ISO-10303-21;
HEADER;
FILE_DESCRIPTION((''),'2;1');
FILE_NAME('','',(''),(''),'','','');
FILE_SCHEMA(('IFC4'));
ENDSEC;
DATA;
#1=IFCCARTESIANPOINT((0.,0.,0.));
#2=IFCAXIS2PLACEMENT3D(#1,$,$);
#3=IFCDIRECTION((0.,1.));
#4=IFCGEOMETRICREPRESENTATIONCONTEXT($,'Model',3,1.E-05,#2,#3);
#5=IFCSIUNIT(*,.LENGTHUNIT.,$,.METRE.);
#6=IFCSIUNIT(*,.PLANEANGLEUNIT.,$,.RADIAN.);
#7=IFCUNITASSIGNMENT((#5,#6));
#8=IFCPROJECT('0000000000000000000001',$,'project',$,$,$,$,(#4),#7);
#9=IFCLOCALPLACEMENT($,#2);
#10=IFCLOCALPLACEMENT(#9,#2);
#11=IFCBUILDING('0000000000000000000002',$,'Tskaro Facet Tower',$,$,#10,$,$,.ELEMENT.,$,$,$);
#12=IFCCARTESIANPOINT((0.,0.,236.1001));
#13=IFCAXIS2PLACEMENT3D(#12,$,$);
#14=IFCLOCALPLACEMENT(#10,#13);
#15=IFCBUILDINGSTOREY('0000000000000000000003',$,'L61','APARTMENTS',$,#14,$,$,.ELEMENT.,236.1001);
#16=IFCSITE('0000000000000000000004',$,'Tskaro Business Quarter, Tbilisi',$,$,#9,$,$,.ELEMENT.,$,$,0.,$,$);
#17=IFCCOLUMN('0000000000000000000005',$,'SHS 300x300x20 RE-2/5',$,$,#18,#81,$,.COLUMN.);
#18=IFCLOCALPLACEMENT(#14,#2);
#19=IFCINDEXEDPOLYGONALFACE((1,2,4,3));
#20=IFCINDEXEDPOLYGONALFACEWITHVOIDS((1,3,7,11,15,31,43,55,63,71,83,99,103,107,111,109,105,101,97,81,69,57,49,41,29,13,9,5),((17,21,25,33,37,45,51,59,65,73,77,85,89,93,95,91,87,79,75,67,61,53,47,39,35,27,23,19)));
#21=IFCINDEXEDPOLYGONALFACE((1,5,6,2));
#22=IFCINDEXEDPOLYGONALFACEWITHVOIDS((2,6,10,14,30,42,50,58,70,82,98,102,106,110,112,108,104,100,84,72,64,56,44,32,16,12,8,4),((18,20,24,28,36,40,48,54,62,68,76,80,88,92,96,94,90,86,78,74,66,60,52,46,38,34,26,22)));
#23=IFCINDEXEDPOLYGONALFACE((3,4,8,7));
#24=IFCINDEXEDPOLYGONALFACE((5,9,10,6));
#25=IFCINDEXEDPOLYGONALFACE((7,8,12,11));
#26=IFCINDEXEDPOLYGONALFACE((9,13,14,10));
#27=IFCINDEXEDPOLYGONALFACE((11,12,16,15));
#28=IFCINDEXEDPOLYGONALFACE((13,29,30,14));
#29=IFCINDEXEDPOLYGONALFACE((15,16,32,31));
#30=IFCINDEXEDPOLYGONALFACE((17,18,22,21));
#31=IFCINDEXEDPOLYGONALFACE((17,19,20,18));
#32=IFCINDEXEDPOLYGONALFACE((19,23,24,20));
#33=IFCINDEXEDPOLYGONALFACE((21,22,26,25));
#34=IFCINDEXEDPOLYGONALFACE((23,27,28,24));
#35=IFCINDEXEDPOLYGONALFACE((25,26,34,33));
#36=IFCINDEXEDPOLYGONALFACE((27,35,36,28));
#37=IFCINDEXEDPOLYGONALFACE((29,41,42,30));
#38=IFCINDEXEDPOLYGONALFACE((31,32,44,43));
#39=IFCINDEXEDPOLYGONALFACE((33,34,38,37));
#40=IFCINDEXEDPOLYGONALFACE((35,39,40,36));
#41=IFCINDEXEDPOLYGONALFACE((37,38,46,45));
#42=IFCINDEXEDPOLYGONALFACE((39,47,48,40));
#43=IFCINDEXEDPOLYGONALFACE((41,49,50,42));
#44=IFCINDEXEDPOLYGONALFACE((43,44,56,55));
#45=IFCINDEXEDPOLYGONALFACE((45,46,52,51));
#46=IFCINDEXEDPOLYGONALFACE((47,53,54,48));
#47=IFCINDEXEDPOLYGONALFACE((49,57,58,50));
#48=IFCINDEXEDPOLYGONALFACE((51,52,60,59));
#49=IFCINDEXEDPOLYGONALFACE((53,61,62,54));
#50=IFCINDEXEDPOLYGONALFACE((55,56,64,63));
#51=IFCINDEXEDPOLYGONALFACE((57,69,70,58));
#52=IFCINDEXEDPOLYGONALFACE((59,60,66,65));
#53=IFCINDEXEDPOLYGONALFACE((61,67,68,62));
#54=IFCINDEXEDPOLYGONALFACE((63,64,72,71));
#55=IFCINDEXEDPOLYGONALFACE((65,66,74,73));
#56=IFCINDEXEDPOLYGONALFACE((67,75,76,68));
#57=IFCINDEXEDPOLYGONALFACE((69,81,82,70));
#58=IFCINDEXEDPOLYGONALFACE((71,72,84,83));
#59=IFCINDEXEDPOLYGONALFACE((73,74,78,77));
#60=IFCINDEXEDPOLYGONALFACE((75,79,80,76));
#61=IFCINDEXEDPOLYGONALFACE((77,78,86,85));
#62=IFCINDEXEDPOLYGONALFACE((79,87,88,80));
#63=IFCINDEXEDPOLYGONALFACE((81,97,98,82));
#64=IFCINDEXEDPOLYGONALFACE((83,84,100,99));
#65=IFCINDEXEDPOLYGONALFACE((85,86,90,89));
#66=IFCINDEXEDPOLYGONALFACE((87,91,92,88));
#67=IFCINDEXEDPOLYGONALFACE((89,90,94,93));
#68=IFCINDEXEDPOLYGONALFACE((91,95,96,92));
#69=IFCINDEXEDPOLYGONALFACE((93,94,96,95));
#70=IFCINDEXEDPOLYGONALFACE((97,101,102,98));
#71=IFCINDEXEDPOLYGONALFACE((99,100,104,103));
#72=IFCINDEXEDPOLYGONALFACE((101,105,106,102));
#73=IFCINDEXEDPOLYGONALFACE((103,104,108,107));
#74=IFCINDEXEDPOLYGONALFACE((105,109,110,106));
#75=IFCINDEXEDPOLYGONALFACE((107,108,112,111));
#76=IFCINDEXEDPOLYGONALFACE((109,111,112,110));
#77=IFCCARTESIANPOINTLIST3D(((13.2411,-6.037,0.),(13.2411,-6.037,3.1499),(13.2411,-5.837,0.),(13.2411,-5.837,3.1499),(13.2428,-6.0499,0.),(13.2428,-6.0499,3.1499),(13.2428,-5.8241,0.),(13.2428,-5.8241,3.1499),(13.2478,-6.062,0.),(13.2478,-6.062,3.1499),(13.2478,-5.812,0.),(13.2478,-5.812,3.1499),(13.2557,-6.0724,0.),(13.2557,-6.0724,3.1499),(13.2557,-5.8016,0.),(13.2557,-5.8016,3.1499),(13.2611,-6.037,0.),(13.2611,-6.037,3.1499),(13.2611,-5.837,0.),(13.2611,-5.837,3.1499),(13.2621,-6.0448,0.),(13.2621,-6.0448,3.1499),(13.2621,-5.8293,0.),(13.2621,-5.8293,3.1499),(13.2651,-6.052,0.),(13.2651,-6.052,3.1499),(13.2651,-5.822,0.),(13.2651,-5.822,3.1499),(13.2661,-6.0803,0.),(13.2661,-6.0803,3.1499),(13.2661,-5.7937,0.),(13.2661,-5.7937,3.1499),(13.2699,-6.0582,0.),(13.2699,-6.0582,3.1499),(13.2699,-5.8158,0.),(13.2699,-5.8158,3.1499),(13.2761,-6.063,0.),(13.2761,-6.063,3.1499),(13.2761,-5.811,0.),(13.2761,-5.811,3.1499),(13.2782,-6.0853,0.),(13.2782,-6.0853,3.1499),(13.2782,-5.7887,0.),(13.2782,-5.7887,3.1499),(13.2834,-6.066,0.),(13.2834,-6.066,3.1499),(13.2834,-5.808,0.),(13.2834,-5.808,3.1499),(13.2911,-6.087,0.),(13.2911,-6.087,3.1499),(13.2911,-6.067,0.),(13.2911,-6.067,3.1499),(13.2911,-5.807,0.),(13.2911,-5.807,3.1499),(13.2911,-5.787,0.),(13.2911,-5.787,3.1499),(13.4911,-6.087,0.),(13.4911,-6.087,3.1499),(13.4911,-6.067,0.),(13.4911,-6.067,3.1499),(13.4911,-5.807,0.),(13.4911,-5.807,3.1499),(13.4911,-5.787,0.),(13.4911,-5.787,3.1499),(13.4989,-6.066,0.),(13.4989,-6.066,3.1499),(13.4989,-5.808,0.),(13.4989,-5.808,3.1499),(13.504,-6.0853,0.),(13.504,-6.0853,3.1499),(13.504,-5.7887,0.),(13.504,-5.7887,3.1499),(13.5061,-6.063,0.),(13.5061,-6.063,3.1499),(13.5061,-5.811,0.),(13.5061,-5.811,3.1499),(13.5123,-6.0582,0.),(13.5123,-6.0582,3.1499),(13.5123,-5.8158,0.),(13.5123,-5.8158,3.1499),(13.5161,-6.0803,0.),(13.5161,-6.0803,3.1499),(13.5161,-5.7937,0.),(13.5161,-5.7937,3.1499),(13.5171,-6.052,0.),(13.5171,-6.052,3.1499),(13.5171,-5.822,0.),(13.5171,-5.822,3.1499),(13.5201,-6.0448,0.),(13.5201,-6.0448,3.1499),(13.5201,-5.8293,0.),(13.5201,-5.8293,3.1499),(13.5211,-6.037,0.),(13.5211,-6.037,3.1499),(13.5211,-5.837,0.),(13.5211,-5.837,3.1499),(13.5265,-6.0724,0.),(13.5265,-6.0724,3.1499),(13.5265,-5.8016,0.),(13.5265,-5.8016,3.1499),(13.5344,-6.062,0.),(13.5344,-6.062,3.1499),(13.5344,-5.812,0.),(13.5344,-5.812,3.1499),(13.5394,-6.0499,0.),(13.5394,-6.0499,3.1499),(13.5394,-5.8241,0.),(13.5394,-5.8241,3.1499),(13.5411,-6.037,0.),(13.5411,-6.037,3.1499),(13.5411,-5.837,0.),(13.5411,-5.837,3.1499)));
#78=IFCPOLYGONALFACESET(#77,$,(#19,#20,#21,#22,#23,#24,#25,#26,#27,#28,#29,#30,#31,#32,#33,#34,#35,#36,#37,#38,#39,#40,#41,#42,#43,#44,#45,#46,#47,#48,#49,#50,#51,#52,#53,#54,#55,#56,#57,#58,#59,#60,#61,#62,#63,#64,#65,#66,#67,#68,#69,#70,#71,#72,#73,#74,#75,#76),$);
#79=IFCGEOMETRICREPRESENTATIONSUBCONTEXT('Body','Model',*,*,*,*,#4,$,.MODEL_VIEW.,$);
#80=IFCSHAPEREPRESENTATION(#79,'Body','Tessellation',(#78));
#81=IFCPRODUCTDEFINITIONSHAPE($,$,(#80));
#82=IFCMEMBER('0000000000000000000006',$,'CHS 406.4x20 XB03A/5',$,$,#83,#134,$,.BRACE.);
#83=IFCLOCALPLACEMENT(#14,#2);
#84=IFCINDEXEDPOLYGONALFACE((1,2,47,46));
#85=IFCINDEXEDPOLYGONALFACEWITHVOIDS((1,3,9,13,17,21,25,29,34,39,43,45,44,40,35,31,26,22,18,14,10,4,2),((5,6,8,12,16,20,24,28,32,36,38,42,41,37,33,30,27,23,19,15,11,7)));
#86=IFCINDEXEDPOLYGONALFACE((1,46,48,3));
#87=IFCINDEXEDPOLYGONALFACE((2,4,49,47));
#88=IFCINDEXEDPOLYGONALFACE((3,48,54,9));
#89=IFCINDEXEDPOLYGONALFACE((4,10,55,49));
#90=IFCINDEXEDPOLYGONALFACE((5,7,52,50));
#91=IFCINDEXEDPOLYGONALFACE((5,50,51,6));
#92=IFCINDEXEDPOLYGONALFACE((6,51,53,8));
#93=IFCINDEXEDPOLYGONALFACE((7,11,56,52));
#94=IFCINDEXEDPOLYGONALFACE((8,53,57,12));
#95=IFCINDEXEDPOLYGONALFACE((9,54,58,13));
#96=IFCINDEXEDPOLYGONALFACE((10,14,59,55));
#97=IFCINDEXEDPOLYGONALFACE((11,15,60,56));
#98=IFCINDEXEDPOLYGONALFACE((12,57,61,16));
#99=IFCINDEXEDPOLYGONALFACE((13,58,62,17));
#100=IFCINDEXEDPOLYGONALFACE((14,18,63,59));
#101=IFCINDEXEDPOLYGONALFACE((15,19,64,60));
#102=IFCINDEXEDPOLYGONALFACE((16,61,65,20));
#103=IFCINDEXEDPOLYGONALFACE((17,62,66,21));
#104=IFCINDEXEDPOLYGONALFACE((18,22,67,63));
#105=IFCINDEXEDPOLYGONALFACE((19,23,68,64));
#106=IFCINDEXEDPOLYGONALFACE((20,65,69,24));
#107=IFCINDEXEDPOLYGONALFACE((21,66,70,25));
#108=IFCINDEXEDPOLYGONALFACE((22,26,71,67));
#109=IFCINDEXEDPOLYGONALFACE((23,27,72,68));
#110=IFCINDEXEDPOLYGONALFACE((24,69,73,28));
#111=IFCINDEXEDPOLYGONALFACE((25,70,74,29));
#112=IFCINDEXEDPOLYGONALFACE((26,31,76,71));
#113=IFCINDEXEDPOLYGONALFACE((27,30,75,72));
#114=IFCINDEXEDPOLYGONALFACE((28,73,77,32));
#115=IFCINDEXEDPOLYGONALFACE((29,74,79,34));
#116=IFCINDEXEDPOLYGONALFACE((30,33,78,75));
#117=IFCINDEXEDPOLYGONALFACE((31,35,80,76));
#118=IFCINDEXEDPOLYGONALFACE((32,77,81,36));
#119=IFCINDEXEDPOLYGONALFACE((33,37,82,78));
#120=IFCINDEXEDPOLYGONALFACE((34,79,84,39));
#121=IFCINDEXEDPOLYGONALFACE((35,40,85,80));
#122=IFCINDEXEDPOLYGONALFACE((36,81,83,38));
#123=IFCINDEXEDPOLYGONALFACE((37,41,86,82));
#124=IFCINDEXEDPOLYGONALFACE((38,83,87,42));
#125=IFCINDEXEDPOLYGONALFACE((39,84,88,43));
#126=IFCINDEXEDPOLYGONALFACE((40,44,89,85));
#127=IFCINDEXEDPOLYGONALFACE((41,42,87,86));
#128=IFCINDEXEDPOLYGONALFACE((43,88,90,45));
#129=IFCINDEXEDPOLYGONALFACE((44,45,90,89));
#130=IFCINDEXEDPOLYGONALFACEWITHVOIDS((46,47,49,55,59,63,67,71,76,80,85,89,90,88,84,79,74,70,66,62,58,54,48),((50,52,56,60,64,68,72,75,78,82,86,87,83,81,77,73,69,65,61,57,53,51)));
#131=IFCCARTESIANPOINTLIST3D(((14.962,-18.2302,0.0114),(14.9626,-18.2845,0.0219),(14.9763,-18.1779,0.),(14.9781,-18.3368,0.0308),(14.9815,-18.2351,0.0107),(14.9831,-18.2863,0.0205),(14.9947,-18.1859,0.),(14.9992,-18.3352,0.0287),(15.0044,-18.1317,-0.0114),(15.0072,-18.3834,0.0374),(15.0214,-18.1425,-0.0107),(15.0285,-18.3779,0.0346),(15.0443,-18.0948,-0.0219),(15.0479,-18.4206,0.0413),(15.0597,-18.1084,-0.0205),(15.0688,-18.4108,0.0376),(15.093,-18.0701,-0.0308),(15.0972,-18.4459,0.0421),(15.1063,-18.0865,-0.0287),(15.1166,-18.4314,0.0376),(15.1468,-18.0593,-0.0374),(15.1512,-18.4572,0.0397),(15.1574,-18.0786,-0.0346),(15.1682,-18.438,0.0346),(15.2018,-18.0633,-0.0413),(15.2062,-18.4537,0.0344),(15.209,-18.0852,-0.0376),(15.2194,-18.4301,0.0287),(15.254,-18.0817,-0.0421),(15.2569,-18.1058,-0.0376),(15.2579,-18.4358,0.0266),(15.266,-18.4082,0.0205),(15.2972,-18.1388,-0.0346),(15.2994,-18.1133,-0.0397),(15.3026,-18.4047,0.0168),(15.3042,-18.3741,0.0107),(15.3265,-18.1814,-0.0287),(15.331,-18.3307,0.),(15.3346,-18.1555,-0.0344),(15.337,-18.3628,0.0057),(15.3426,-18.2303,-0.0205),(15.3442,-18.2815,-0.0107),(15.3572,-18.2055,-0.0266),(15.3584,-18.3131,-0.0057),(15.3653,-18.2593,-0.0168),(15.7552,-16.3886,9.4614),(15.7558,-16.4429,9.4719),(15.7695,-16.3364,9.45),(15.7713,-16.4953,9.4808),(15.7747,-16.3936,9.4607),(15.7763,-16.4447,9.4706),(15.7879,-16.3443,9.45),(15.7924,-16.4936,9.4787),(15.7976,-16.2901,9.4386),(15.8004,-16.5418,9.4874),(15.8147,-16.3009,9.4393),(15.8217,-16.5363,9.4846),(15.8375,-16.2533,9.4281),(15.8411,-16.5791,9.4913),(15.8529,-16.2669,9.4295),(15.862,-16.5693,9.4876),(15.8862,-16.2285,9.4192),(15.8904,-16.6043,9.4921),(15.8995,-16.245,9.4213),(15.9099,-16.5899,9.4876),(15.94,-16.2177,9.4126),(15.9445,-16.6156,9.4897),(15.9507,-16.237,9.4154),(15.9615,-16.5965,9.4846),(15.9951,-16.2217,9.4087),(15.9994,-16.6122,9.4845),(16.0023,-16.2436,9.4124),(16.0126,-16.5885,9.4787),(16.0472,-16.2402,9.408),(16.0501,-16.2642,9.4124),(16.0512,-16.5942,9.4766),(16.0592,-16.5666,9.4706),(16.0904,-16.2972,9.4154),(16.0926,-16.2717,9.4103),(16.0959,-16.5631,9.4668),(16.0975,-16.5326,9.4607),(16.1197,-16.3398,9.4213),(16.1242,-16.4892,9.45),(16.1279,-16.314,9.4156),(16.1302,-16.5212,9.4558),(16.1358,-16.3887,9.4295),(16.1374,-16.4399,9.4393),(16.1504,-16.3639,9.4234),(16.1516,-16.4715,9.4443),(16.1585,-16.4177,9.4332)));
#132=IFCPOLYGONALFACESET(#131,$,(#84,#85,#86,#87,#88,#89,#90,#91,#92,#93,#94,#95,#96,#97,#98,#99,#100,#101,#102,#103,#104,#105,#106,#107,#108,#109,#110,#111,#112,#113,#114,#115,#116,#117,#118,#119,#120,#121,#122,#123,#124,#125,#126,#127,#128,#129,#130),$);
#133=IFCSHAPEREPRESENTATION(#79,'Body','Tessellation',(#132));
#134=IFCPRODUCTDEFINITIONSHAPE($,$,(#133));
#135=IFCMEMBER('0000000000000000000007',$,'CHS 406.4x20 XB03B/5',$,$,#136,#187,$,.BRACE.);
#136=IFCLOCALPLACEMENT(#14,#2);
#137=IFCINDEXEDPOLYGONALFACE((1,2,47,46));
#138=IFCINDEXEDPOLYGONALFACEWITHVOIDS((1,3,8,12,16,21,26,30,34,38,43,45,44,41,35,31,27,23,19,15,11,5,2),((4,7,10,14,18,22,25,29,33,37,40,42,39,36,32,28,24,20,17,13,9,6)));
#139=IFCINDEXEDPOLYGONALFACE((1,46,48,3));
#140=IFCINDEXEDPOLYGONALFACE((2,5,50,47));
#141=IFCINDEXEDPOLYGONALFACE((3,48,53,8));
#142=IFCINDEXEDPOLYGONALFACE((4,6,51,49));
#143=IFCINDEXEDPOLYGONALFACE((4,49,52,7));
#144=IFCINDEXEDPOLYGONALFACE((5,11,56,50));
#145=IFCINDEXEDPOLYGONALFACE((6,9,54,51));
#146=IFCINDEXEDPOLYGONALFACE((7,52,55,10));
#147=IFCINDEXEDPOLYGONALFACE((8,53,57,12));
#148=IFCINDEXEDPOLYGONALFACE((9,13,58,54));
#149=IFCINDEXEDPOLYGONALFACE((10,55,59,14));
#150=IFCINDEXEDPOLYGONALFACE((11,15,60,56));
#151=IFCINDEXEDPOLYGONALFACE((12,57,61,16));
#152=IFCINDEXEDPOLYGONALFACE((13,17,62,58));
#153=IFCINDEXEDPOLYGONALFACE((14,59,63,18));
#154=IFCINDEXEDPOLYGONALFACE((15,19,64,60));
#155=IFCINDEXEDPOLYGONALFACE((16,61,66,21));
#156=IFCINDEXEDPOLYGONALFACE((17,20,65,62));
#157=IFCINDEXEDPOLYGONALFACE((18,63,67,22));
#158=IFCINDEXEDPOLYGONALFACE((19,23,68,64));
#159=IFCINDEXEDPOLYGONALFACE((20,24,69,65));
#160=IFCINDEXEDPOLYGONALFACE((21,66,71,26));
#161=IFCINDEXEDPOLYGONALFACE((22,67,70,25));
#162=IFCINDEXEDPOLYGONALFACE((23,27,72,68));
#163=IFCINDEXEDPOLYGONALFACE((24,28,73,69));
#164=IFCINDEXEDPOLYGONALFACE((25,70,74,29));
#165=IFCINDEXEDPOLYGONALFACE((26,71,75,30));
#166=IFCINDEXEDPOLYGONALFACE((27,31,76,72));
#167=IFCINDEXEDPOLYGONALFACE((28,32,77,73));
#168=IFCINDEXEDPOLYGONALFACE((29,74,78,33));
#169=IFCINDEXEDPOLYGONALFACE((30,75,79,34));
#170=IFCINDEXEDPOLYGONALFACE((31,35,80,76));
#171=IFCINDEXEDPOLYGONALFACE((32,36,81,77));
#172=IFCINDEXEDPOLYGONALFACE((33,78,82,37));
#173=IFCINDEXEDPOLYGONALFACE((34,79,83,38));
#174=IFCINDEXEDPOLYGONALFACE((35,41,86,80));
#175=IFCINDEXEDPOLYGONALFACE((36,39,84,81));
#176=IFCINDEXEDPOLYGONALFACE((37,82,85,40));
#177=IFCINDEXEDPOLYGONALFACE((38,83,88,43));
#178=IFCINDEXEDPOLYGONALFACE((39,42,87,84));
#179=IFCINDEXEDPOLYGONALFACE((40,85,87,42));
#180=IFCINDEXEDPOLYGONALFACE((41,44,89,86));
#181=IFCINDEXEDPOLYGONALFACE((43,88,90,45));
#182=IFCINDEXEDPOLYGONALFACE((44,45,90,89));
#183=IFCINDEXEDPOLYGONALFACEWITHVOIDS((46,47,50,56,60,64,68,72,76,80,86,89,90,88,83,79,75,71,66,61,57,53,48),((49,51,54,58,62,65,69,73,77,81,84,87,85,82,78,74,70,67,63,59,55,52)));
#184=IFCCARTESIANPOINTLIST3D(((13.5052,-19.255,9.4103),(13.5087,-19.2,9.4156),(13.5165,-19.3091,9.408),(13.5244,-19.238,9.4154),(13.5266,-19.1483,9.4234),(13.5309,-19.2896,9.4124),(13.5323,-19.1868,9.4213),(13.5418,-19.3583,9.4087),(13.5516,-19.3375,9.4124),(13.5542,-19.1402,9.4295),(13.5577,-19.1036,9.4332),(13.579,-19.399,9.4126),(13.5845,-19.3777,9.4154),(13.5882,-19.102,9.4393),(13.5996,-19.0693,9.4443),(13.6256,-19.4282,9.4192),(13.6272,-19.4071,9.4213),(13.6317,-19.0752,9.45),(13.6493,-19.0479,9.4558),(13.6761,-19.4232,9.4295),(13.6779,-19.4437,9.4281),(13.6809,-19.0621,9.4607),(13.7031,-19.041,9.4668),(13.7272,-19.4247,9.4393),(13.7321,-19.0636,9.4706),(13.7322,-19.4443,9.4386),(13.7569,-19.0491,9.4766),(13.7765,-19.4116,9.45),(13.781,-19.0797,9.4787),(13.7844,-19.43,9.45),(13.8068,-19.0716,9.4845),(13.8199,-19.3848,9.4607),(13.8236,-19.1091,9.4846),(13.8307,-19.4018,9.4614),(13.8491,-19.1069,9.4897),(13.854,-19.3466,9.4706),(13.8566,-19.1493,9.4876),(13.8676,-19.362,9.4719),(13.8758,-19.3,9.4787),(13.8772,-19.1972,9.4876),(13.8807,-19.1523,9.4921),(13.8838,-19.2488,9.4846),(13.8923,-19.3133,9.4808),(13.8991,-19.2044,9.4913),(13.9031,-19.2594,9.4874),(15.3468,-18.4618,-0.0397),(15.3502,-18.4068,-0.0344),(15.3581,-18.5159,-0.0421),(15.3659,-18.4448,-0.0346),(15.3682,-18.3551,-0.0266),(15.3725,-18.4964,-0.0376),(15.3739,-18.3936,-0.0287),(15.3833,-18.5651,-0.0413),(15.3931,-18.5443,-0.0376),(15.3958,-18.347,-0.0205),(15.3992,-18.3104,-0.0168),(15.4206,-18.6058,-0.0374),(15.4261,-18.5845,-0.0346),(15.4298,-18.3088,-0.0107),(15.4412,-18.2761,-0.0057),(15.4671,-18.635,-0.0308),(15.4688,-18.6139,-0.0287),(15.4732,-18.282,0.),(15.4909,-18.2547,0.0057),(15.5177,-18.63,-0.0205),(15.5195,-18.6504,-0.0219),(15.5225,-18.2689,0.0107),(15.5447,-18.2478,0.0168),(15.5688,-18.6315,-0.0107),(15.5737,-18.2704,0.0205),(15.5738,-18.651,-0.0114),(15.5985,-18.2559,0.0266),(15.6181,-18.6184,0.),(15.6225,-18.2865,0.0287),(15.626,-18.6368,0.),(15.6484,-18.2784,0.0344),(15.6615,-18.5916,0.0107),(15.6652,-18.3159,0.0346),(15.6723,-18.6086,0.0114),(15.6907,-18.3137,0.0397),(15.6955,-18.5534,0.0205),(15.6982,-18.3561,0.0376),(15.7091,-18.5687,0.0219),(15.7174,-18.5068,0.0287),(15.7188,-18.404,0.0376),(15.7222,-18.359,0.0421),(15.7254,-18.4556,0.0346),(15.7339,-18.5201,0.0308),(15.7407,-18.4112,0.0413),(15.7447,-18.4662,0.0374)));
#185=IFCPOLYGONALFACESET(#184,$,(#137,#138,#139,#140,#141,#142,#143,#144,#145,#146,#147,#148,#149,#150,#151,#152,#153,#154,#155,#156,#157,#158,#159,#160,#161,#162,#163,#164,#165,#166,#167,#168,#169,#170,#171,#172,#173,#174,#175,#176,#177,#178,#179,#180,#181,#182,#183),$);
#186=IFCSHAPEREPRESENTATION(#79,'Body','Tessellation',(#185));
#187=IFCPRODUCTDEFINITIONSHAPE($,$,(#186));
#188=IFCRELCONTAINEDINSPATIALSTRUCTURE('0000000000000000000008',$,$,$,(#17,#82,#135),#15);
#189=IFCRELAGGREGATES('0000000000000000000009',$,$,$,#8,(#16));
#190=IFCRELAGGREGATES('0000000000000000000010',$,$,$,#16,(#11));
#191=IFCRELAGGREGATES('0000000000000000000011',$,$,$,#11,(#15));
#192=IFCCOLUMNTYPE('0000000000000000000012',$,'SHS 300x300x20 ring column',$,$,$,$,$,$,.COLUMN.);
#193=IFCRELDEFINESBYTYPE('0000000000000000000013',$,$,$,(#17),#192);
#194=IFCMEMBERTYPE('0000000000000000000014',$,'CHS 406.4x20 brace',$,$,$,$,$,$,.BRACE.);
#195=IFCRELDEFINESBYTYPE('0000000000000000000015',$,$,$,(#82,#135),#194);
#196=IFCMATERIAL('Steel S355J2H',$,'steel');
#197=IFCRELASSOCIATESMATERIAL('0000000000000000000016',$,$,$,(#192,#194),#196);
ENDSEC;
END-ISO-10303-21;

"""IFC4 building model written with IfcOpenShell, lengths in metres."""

from ifc_helpers import new_model, si_unit, direction, frame, origin, origin_2d, place, context, subcontext, project, spatial, hollow_rectangle, hollow_circle, extrude, material, material_profile, profile_set, type_object, element, save


model = new_model("IFC4")

# Units and contexts
model_context = context("Model", 3, precision=1e-05, world=origin(), true_north=direction((0.0, 1.0)))
body_context = subcontext(model_context, "Body", "Model", "MODEL_VIEW")
ifc_project = project(units=[si_unit("LENGTHUNIT", "METRE"), si_unit("PLANEANGLEUNIT", "RADIAN")], contexts=[model_context])

# Site, building, storey
site_placement = place(None, origin())
site = spatial("IfcSite", under=ifc_project, at=site_placement, Name="Tskaro Business Quarter, Tbilisi", CompositionType="ELEMENT", RefElevation=0.0)
building_placement = place(site_placement, origin())
building = spatial("IfcBuilding", under=site, at=building_placement, Name="Tskaro Facet Tower", CompositionType="ELEMENT")
storey_placement = place(building_placement, frame((0.0, 0.0, 236.1001)))
storey = spatial("IfcBuildingStorey", under=building, at=storey_placement, Name="L61", Description="APARTMENTS", CompositionType="ELEMENT", Elevation=236.1001)

# Column
ifc_material_1 = material(Name="Steel S355J2H", Category="steel")
ifc_material_profile_1 = material_profile(ifc_material_1, hollow_rectangle(XDim=0.3, YDim=0.3, WallThickness=0.02, InnerFilletRadius=0.03, OuterFilletRadius=0.05, at=origin_2d()), Name="SHS 300x300x20")
ifc_profile_set_1 = profile_set([ifc_material_profile_1], Name="Steel S355J2H")
column_type_1 = type_object("IfcColumnType", Name="SHS 300x300x20 ring column", PredefinedType="COLUMN", material=ifc_profile_set_1)
for number, where, z_axis, x_axis, name in (
    (1, (13.3911, -5.937, 0.0), (0.0, 0.0, 1.0), (1.0, 0.0, 0.0), "SHS 300x300x20 RE-2/5"),
):
    element("IfcColumn", number, at=place(storey_placement, frame(where, z_axis=z_axis, x_axis=x_axis)), inside=storey, type_object=column_type_1, Name=name, PredefinedType="COLUMN", context=body_context, shape_type="SweptSolid", body=[
        extrude(hollow_rectangle(XDim=0.3, YDim=0.3, WallThickness=0.02, InnerFilletRadius=0.03, OuterFilletRadius=0.05, at=origin_2d()), origin(), (0.0, 0.0, 1.0), 3.1499),
    ])

# Members
ifc_material_profile_2 = material_profile(ifc_material_1, hollow_circle(Radius=0.2031, WallThickness=0.02, at=origin_2d()), Name="CHS 406.4x20")
ifc_profile_set_2 = profile_set([ifc_material_profile_2], Name="Steel S355J2H")
member_type_1 = type_object("IfcMemberType", Name="CHS 406.4x20 brace", PredefinedType="BRACE", material=ifc_profile_set_2)
for number, where, z_axis, x_axis, name in (
    (2, (15.1628, -18.2583, 0.0), (0.08211, 0.19063, 0.978222), (-0.918426, 0.395594, 0.0), "CHS 406.4x20 XB03A/5"),
    (3, (15.5457, -18.4502, 0.0), (-0.19063, -0.08211, 0.978222), (0.395594, -0.918426, 0.0), "CHS 406.4x20 XB03B/5"),
):
    element("IfcMember", number, at=place(storey_placement, frame(where, z_axis=z_axis, x_axis=x_axis)), inside=storey, type_object=member_type_1, Name=name, PredefinedType="BRACE", context=body_context, shape_type="SweptSolid", body=[
        extrude(hollow_circle(Radius=0.2031, WallThickness=0.02, at=origin_2d()), origin(), (0.0, 0.0, 1.0), 9.6604),
    ])

save(model, "model.ifc")
